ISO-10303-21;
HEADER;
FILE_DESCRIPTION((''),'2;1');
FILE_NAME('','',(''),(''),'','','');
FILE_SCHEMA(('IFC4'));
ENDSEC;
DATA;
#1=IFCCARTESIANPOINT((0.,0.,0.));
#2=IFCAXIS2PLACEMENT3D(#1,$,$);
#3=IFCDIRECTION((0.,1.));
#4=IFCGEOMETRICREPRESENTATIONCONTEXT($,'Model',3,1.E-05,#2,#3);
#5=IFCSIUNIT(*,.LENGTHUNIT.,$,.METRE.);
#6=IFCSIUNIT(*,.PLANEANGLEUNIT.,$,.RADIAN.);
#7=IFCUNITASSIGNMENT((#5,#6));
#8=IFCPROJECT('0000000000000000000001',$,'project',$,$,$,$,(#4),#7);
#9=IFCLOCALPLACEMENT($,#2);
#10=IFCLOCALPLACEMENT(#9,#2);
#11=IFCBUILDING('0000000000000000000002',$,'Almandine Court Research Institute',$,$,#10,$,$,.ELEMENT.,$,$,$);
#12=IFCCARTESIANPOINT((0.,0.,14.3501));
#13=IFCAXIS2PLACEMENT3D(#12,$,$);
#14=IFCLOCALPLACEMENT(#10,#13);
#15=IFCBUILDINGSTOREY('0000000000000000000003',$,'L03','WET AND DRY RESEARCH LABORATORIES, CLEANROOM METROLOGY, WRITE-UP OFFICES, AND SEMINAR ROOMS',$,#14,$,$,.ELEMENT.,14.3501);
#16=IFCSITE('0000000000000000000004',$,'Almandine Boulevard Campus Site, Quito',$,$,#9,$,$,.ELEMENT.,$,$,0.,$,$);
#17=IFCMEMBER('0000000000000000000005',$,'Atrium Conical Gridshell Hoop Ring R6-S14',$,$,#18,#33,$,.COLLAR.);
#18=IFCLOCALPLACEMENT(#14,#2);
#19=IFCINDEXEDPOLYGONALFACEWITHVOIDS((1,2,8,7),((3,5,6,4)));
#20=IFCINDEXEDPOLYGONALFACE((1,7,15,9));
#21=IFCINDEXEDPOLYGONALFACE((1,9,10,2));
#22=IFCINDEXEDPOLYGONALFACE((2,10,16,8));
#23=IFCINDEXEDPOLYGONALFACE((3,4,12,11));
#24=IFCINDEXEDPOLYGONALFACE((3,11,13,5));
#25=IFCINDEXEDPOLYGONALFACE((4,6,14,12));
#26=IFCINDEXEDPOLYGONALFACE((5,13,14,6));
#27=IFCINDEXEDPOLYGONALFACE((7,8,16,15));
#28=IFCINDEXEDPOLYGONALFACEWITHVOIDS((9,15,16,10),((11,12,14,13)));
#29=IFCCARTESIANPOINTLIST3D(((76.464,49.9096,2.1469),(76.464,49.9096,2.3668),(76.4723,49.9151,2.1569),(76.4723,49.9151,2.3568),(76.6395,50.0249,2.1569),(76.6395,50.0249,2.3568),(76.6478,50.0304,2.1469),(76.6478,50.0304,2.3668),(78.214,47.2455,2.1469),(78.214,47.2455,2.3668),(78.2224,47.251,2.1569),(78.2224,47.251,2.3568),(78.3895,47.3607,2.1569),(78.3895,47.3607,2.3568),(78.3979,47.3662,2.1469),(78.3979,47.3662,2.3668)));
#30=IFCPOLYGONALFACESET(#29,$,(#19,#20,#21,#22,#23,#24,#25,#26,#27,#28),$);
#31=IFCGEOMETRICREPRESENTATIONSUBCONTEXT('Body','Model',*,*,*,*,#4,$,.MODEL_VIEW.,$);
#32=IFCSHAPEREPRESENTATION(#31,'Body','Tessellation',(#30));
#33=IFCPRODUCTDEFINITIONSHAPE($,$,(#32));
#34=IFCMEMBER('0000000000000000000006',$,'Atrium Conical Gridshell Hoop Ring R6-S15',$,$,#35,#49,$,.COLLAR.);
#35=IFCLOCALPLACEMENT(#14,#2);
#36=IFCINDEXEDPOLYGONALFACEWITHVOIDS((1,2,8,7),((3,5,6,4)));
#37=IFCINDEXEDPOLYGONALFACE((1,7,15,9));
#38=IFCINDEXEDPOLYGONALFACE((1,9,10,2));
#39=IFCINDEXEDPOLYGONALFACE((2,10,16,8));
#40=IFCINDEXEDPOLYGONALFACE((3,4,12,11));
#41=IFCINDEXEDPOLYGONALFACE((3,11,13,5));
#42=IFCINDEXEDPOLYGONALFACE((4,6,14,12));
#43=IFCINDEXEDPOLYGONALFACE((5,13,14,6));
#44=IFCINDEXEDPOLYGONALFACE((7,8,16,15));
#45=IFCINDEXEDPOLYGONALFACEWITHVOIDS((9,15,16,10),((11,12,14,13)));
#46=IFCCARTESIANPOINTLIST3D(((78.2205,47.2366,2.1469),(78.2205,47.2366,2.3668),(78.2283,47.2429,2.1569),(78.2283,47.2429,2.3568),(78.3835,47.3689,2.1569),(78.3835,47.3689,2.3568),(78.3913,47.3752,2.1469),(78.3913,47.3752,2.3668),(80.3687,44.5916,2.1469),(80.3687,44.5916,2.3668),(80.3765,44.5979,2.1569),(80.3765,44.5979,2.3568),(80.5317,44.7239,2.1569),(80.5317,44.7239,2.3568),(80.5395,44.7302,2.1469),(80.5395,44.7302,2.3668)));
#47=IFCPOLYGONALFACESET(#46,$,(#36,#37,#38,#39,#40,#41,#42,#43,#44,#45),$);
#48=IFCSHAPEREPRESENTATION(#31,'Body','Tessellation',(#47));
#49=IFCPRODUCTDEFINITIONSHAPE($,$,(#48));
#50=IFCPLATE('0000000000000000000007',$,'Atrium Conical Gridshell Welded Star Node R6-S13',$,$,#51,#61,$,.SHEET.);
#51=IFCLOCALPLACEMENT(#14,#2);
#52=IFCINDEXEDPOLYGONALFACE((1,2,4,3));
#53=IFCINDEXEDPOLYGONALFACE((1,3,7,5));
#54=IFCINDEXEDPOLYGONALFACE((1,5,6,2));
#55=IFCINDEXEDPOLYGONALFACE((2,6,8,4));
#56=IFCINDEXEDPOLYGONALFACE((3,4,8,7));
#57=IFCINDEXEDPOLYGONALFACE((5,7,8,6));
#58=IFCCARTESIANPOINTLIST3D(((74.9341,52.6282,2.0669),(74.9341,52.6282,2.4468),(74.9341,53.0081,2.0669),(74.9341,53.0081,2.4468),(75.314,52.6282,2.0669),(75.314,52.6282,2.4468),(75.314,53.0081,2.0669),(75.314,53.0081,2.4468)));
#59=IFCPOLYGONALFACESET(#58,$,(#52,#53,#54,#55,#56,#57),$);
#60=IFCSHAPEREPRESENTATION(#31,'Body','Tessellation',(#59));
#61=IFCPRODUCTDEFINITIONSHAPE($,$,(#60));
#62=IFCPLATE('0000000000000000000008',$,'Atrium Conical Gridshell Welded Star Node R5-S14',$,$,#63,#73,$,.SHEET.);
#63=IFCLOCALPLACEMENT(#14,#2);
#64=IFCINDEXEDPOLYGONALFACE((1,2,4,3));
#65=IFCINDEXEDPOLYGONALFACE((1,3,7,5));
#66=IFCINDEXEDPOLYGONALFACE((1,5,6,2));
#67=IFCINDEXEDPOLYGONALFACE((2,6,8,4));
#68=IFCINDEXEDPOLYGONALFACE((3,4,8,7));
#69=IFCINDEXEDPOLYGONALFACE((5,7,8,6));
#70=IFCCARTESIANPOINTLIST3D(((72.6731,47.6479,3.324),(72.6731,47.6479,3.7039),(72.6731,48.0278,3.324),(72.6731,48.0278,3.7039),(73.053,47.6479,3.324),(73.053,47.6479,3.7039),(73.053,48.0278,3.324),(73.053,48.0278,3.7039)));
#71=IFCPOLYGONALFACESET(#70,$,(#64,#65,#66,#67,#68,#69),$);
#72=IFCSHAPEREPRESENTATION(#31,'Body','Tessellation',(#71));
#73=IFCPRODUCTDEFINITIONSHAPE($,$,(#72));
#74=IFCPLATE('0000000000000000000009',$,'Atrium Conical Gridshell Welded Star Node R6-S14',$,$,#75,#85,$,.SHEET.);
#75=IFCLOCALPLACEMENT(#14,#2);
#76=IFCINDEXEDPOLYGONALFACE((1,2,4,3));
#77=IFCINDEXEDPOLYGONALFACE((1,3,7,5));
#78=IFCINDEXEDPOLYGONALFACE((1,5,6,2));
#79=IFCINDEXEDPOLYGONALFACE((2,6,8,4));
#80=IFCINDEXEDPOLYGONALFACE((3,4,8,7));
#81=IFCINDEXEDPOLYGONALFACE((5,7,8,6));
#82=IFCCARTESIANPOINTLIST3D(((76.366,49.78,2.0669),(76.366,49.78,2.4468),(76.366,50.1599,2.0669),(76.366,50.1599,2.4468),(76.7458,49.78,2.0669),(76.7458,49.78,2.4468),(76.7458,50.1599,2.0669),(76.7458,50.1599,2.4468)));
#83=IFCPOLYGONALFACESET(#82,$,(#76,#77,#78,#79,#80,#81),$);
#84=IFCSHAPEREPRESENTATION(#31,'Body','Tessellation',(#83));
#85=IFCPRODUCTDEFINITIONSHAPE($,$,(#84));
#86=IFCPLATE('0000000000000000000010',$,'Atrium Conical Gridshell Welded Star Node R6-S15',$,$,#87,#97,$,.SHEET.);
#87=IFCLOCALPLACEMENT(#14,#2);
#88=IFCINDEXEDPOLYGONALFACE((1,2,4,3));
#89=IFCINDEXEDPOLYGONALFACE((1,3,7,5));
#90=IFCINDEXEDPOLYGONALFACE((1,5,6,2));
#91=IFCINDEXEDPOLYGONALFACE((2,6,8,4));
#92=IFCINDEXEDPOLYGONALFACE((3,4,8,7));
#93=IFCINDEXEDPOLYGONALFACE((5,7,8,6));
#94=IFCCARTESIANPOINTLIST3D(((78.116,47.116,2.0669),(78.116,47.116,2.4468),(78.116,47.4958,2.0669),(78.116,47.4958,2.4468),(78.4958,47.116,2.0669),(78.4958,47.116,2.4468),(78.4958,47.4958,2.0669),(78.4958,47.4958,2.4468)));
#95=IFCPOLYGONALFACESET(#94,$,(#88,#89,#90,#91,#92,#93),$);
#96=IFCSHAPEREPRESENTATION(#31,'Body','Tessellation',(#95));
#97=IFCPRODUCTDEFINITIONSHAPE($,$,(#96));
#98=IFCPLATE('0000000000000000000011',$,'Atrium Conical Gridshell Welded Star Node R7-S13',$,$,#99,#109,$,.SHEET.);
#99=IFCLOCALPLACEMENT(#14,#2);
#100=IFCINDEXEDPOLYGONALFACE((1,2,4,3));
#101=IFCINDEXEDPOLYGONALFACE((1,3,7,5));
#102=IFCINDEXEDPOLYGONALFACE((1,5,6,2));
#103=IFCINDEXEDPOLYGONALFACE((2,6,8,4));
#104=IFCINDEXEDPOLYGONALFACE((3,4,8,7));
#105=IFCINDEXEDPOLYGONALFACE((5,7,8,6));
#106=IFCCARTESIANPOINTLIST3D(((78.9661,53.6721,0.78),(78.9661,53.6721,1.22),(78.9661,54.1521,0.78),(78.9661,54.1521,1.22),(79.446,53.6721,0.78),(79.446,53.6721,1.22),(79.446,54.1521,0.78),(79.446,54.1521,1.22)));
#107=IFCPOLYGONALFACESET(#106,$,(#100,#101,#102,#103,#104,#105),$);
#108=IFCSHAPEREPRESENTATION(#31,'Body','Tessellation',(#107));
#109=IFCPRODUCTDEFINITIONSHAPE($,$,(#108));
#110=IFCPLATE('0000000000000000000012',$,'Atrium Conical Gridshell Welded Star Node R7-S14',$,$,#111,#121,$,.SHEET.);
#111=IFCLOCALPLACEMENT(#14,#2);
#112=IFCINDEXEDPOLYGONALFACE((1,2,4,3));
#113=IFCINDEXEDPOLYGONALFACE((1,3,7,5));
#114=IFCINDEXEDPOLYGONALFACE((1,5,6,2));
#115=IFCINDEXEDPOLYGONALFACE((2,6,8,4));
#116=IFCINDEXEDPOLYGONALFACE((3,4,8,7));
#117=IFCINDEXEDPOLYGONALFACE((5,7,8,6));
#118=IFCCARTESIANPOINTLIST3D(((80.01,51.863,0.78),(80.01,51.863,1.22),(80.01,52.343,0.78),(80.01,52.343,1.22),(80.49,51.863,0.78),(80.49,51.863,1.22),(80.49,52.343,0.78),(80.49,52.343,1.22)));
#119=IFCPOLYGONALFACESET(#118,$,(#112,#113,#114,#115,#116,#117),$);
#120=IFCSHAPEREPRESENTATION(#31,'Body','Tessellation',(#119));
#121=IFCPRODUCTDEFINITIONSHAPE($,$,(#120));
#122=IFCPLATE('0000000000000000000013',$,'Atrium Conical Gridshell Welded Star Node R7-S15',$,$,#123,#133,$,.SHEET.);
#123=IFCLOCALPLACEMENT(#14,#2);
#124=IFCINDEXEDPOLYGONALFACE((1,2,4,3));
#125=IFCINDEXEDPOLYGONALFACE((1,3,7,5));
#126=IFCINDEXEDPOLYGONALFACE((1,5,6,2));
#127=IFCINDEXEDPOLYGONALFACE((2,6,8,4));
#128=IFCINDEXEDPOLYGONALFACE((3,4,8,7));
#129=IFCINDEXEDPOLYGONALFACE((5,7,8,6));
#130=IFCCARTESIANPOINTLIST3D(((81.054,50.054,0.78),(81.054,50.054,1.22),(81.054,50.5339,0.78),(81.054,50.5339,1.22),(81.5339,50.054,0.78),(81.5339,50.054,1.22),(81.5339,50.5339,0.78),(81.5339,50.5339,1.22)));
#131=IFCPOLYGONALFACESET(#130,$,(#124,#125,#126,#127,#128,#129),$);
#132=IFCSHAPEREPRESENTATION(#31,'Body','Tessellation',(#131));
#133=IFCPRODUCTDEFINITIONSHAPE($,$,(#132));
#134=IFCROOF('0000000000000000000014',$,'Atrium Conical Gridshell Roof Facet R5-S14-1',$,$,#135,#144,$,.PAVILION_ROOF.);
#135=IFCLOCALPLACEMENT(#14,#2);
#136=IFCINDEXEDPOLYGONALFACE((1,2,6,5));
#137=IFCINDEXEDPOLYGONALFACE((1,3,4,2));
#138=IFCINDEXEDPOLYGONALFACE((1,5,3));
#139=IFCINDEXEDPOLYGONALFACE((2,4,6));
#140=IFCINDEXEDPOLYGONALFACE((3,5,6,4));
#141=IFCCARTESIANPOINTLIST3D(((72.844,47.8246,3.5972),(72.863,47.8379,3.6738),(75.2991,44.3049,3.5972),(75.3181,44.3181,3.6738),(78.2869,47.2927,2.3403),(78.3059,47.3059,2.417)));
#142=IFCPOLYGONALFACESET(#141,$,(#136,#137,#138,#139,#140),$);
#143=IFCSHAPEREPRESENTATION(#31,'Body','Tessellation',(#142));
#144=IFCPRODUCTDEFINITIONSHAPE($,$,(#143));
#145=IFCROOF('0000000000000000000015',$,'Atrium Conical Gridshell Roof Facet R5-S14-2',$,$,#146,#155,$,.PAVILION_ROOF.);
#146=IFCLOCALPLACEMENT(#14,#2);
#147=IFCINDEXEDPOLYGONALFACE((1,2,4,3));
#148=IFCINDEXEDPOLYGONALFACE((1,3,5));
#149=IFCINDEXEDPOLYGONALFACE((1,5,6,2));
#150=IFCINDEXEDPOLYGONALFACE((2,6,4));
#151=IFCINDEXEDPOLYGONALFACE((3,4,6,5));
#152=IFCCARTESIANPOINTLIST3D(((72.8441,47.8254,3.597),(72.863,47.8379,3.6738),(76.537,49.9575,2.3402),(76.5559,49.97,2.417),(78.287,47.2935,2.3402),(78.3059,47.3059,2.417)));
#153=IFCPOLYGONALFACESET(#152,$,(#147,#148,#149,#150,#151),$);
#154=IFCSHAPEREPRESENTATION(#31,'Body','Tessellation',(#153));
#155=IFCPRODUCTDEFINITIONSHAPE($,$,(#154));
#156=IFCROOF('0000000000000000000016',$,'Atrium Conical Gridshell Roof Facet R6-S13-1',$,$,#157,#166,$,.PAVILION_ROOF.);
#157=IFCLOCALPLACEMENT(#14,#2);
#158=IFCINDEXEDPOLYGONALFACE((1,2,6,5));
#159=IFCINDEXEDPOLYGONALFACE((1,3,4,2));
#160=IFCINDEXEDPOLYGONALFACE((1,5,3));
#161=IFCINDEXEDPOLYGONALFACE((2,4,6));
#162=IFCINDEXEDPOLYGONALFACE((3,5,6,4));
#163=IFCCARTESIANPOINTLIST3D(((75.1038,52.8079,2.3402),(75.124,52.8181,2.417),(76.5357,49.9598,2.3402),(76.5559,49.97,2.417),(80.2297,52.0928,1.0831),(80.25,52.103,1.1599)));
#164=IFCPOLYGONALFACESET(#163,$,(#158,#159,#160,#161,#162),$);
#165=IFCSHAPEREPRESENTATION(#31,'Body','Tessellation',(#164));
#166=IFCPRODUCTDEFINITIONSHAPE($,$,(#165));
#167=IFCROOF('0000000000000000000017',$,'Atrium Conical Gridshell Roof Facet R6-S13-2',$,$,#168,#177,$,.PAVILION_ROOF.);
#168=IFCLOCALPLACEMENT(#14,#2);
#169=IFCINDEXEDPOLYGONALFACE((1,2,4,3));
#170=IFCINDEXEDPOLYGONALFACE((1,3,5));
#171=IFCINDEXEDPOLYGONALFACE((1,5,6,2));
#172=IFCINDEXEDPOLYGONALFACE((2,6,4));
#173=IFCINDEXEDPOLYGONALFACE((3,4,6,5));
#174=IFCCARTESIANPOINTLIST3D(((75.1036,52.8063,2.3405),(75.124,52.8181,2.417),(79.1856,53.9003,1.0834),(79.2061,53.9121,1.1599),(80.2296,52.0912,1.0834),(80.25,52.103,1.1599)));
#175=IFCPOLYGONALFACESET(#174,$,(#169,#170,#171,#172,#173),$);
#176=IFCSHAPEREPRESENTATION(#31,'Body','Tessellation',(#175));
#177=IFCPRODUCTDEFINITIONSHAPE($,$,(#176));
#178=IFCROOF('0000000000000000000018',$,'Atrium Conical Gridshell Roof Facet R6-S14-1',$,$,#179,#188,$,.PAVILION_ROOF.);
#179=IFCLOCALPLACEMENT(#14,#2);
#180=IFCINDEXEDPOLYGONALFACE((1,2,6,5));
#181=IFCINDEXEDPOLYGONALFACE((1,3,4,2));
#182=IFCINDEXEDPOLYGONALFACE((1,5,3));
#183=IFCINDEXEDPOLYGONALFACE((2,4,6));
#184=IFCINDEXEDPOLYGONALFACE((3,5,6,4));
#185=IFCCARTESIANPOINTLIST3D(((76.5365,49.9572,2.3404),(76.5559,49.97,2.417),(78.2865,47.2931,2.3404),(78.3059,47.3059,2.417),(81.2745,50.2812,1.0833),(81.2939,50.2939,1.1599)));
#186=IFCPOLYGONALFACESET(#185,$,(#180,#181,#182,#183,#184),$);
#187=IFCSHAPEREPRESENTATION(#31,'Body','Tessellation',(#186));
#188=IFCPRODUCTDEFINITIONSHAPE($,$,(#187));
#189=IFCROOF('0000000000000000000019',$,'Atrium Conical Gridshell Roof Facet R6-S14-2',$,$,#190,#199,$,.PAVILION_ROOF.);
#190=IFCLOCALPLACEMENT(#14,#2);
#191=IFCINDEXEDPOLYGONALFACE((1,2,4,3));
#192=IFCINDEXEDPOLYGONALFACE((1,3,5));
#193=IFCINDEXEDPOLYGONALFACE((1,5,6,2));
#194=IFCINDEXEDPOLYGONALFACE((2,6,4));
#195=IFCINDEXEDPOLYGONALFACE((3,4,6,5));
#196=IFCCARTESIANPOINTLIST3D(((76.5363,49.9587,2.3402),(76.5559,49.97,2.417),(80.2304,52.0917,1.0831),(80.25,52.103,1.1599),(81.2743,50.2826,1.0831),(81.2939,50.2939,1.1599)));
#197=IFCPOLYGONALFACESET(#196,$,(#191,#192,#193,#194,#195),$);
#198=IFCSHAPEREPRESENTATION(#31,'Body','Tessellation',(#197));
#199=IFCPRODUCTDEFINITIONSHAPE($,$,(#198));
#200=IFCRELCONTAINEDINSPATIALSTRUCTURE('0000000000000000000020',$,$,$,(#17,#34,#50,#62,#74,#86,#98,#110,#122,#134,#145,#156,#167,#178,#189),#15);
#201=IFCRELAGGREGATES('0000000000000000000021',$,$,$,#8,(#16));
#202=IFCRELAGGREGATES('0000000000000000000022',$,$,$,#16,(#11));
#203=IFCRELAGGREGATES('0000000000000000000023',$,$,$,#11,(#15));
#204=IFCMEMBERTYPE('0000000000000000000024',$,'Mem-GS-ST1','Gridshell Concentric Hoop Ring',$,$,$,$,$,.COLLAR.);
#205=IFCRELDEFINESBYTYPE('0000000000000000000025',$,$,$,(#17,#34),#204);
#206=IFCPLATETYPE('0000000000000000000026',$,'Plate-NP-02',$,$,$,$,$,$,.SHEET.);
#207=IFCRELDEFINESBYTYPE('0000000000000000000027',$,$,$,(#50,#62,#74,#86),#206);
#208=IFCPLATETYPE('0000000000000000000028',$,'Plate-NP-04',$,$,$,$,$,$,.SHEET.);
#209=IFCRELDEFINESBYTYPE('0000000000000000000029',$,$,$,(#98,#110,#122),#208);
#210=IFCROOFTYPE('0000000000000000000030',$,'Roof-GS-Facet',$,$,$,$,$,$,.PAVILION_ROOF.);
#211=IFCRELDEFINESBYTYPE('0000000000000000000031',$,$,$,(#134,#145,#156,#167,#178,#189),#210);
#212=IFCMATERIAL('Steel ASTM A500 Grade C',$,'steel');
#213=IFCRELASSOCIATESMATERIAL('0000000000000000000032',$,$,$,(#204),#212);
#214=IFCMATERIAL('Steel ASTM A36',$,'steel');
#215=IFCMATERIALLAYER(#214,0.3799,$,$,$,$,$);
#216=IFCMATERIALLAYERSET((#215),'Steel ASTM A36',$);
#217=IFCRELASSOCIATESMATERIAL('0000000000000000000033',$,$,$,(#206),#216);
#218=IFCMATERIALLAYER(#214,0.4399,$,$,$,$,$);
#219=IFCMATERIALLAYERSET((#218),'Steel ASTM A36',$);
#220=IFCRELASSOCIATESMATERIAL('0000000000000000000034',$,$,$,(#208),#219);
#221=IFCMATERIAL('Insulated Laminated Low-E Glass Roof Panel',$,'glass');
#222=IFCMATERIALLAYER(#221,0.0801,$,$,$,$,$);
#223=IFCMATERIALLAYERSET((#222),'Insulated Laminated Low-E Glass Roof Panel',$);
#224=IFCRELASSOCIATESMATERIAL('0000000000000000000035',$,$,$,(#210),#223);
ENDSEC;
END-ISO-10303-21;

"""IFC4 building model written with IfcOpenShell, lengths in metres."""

from ifc_helpers import new_model, si_unit, direction, frame, origin, origin_2d, place, context, subcontext, project, spatial, polyline, rectangle, hollow_rectangle, outline, extrude, material, layer, layer_set, material_profile, profile_set, type_object, element, save


model = new_model("IFC4")

# Units and contexts
model_context = context("Model", 3, precision=1e-05, world=origin(), true_north=direction((0.0, 1.0)))
body_context = subcontext(model_context, "Body", "Model", "MODEL_VIEW")
ifc_project = project(units=[si_unit("LENGTHUNIT", "METRE"), si_unit("PLANEANGLEUNIT", "RADIAN")], contexts=[model_context])

# Site, building, storey
site_placement = place(None, origin())
site = spatial("IfcSite", under=ifc_project, at=site_placement, Name="Almandine Boulevard Campus Site, Quito", CompositionType="ELEMENT", RefElevation=0.0)
building_placement = place(site_placement, origin())
building = spatial("IfcBuilding", under=site, at=building_placement, Name="Almandine Court Research Institute", CompositionType="ELEMENT")
storey_placement = place(building_placement, frame((0.0, 0.0, 14.3501)))
storey = spatial("IfcBuildingStorey", under=building, at=storey_placement, Name="L03", Description="WET AND DRY RESEARCH LABORATORIES, CLEANROOM METROLOGY, WRITE-UP OFFICES, AND SEMINAR ROOMS", CompositionType="ELEMENT", Elevation=14.3501)

# Members
ifc_material_1 = material(Name="Steel ASTM A500 Grade C", Category="steel")
ifc_material_profile_1 = material_profile(ifc_material_1, hollow_rectangle(XDim=0.22, YDim=0.22, WallThickness=0.01, at=origin_2d()), Name="HSS 220x220x10")
ifc_profile_set_1 = profile_set([ifc_material_profile_1], Name="Steel ASTM A500 Grade C")
member_type_1 = type_object("IfcMemberType", Name="Mem-GS-ST1", Description="Gridshell Concentric Hoop Ring", PredefinedType="COLLAR", material=ifc_profile_set_1)
member_1_placement = place(storey_placement, frame((76.5559, 49.97, 2.2568), z_axis=(0.549031, -0.835802, 0.0), x_axis=(0.835802, 0.549031, 0.0)))
element("IfcMember", 1, at=member_1_placement, inside=storey, type_object=member_type_1, Name="Atrium Conical Gridshell Hoop Ring R6-S14", PredefinedType="COLLAR", context=body_context, shape_type="SweptSolid", body=[
    extrude(hollow_rectangle(XDim=0.22, YDim=0.22, WallThickness=0.01, at=origin_2d()), origin(), (0.0, 0.0, 1.0), 3.1875),
])
member_2_placement = place(storey_placement, frame((78.3059, 47.3059, 2.2568), z_axis=(0.630436, -0.776241, 0.0), x_axis=(0.776241, 0.630436, 0.0)))
element("IfcMember", 2, at=member_2_placement, inside=storey, type_object=member_type_1, Name="Atrium Conical Gridshell Hoop Ring R6-S15", PredefinedType="COLLAR", context=body_context, shape_type="SweptSolid", body=[
    extrude(hollow_rectangle(XDim=0.22, YDim=0.22, WallThickness=0.01, at=origin_2d()), origin(), (0.0, 0.0, 1.0), 3.4075),
])

# Plates
ifc_material_2 = material(Name="Steel ASTM A36", Category="steel")
ifc_layer_1 = layer(ifc_material_2, 0.3799)
ifc_layer_set_1 = layer_set([ifc_layer_1], Name="Steel ASTM A36")
plate_type_1 = type_object("IfcPlateType", Name="Plate-NP-02", PredefinedType="SHEET", material=ifc_layer_set_1)
for number, where, z_axis, x_axis, name in (
    (3, (75.124, 52.8181, 2.0669), (0.0, 0.0, 1.0), (1.0, 0.0, 0.0), "Atrium Conical Gridshell Welded Star Node R6-S13"),
    (4, (72.863, 47.8379, 3.324), (0.0, 0.0, 1.0), (1.0, 0.0, 0.0), "Atrium Conical Gridshell Welded Star Node R5-S14"),
    (5, (76.5559, 49.97, 2.0669), (0.0, 0.0, 1.0), (1.0, 0.0, 0.0), "Atrium Conical Gridshell Welded Star Node R6-S14"),
    (6, (78.3059, 47.3059, 2.0669), (0.0, 0.0, 1.0), (1.0, 0.0, 0.0), "Atrium Conical Gridshell Welded Star Node R6-S15"),
):
    element("IfcPlate", number, at=place(storey_placement, frame(where, z_axis=z_axis, x_axis=x_axis)), inside=storey, type_object=plate_type_1, Name=name, PredefinedType="SHEET", context=body_context, shape_type="SweptSolid", body=[
        extrude(rectangle(XDim=0.3799, YDim=0.3799, at=origin_2d()), origin(), (0.0, 0.0, 1.0), 0.3799),
    ])
ifc_layer_2 = layer(ifc_material_2, 0.4399)
ifc_layer_set_2 = layer_set([ifc_layer_2], Name="Steel ASTM A36")
plate_type_2 = type_object("IfcPlateType", Name="Plate-NP-04", PredefinedType="SHEET", material=ifc_layer_set_2)
for number, where, z_axis, x_axis, name in (
    (7, (79.2061, 53.9121, 0.78), (0.0, 0.0, 1.0), (1.0, 0.0, 0.0), "Atrium Conical Gridshell Welded Star Node R7-S13"),
    (8, (80.25, 52.103, 0.78), (0.0, 0.0, 1.0), (1.0, 0.0, 0.0), "Atrium Conical Gridshell Welded Star Node R7-S14"),
    (9, (81.2939, 50.2939, 0.78), (0.0, 0.0, 1.0), (1.0, 0.0, 0.0), "Atrium Conical Gridshell Welded Star Node R7-S15"),
):
    element("IfcPlate", number, at=place(storey_placement, frame(where, z_axis=z_axis, x_axis=x_axis)), inside=storey, type_object=plate_type_2, Name=name, PredefinedType="SHEET", context=body_context, shape_type="SweptSolid", body=[
        extrude(rectangle(XDim=0.48, YDim=0.48, at=origin_2d()), origin(), (0.0, 0.0, 1.0), 0.4399),
    ])

# Roofs
ifc_material_3 = material(Name="Insulated Laminated Low-E Glass Roof Panel", Category="glass")
ifc_layer_3 = layer(ifc_material_3, 0.0801)
ifc_layer_set_3 = layer_set([ifc_layer_3], Name="Insulated Laminated Low-E Glass Roof Panel")
roof_type = type_object("IfcRoofType", Name="Roof-GS-Facet", PredefinedType="PAVILION_ROOF", material=ifc_layer_set_3)
roof_1_placement = place(storey_placement, frame((72.863, 47.8379, 3.6738), z_axis=(0.237217, 0.165461, 0.957262), x_axis=(0.572091, -0.82019, 0.0)))
element("IfcRoof", 10, at=roof_1_placement, inside=storey, type_object=roof_type, Name="Atrium Conical Gridshell Roof Facet R5-S14-1", PredefinedType="PAVILION_ROOF", context=body_context, shape_type="SweptSolid", body=[
    extrude(outline(polyline([(0.0, 0.0), (4.2914, 0.0), (3.5501, 4.3456), (0.0, 0.0)])), origin(), (0.0, 0.0, -1.0), 0.0801),
])
roof_2_placement = place(storey_placement, frame((72.863, 47.8379, 3.6738), z_axis=(0.236658, 0.155459, 0.959075), x_axis=(0.969972, -0.094804, -0.22398)))
element("IfcRoof", 11, at=roof_2_placement, inside=storey, type_object=roof_type, Name="Atrium Conical Gridshell Roof Facet R5-S14-2", PredefinedType="PAVILION_ROOF", context=body_context, shape_type="SweptSolid", body=[
    extrude(outline(polyline([(0.0, 0.0), (5.6114, 0.0), (3.6614, 2.5213), (0.0, 0.0)])), origin(), (0.0, 0.0, -1.0), 0.0801),
])
roof_3_placement = place(storey_placement, frame((75.124, 52.8181, 2.417), z_axis=(0.252944, 0.127166, 0.959087), x_axis=(0.449173, -0.893445, 0.0)))
element("IfcRoof", 12, at=roof_3_placement, inside=storey, type_object=roof_type, Name="Atrium Conical Gridshell Roof Facet R6-S13-1", PredefinedType="PAVILION_ROOF", context=body_context, shape_type="SweptSolid", body=[
    extrude(outline(polyline([(0.0, 0.0), (3.1878, 0.0), (2.9413, 4.4402), (0.0, 0.0)])), origin(), (0.0, 0.0, -1.0), 0.0801),
])
roof_4_placement = place(storey_placement, frame((75.124, 52.8181, 2.417), z_axis=(0.254896, 0.14709, 0.955716), x_axis=(0.962428, -0.134261, -0.236023)))
element("IfcRoof", 13, at=roof_4_placement, inside=storey, type_object=roof_type, Name="Atrium Conical Gridshell Roof Facet R6-S13-2", PredefinedType="PAVILION_ROOF", context=body_context, shape_type="SweptSolid", body=[
    extrude(outline(polyline([(0.0, 0.0), (5.3261, 0.0), (4.0785, 1.6751), (0.0, 0.0)])), origin(), (0.0, 0.0, -1.0), 0.0801),
])
roof_5_placement = place(storey_placement, frame((76.5559, 49.97, 2.417), z_axis=(0.242948, 0.159591, 0.956821), x_axis=(0.549031, -0.835802, 0.0)))
element("IfcRoof", 14, at=roof_5_placement, inside=storey, type_object=roof_type, Name="Atrium Conical Gridshell Roof Facet R6-S14-1", PredefinedType="PAVILION_ROOF", context=body_context, shape_type="SweptSolid", body=[
    extrude(outline(polyline([(0.0, 0.0), (3.1874, 0.0), (2.3306, 4.3247), (0.0, 0.0)])), origin(), (0.0, 0.0, -1.0), 0.0801),
])
roof_6_placement = place(storey_placement, frame((76.5559, 49.97, 2.417), z_axis=(0.244835, 0.141284, 0.959216), x_axis=(0.964455, 0.065947, -0.255886)))
element("IfcRoof", 15, at=roof_6_placement, inside=storey, type_object=roof_type, Name="Atrium Conical Gridshell Roof Facet R6-S14-2", PredefinedType="PAVILION_ROOF", context=body_context, shape_type="SweptSolid", body=[
    extrude(outline(polyline([(0.0, 0.0), (4.9127, 0.0), (4.0251, 1.8907), (0.0, 0.0)])), origin(), (0.0, 0.0, -1.0), 0.0801),
])

save(model, "model.ifc")
